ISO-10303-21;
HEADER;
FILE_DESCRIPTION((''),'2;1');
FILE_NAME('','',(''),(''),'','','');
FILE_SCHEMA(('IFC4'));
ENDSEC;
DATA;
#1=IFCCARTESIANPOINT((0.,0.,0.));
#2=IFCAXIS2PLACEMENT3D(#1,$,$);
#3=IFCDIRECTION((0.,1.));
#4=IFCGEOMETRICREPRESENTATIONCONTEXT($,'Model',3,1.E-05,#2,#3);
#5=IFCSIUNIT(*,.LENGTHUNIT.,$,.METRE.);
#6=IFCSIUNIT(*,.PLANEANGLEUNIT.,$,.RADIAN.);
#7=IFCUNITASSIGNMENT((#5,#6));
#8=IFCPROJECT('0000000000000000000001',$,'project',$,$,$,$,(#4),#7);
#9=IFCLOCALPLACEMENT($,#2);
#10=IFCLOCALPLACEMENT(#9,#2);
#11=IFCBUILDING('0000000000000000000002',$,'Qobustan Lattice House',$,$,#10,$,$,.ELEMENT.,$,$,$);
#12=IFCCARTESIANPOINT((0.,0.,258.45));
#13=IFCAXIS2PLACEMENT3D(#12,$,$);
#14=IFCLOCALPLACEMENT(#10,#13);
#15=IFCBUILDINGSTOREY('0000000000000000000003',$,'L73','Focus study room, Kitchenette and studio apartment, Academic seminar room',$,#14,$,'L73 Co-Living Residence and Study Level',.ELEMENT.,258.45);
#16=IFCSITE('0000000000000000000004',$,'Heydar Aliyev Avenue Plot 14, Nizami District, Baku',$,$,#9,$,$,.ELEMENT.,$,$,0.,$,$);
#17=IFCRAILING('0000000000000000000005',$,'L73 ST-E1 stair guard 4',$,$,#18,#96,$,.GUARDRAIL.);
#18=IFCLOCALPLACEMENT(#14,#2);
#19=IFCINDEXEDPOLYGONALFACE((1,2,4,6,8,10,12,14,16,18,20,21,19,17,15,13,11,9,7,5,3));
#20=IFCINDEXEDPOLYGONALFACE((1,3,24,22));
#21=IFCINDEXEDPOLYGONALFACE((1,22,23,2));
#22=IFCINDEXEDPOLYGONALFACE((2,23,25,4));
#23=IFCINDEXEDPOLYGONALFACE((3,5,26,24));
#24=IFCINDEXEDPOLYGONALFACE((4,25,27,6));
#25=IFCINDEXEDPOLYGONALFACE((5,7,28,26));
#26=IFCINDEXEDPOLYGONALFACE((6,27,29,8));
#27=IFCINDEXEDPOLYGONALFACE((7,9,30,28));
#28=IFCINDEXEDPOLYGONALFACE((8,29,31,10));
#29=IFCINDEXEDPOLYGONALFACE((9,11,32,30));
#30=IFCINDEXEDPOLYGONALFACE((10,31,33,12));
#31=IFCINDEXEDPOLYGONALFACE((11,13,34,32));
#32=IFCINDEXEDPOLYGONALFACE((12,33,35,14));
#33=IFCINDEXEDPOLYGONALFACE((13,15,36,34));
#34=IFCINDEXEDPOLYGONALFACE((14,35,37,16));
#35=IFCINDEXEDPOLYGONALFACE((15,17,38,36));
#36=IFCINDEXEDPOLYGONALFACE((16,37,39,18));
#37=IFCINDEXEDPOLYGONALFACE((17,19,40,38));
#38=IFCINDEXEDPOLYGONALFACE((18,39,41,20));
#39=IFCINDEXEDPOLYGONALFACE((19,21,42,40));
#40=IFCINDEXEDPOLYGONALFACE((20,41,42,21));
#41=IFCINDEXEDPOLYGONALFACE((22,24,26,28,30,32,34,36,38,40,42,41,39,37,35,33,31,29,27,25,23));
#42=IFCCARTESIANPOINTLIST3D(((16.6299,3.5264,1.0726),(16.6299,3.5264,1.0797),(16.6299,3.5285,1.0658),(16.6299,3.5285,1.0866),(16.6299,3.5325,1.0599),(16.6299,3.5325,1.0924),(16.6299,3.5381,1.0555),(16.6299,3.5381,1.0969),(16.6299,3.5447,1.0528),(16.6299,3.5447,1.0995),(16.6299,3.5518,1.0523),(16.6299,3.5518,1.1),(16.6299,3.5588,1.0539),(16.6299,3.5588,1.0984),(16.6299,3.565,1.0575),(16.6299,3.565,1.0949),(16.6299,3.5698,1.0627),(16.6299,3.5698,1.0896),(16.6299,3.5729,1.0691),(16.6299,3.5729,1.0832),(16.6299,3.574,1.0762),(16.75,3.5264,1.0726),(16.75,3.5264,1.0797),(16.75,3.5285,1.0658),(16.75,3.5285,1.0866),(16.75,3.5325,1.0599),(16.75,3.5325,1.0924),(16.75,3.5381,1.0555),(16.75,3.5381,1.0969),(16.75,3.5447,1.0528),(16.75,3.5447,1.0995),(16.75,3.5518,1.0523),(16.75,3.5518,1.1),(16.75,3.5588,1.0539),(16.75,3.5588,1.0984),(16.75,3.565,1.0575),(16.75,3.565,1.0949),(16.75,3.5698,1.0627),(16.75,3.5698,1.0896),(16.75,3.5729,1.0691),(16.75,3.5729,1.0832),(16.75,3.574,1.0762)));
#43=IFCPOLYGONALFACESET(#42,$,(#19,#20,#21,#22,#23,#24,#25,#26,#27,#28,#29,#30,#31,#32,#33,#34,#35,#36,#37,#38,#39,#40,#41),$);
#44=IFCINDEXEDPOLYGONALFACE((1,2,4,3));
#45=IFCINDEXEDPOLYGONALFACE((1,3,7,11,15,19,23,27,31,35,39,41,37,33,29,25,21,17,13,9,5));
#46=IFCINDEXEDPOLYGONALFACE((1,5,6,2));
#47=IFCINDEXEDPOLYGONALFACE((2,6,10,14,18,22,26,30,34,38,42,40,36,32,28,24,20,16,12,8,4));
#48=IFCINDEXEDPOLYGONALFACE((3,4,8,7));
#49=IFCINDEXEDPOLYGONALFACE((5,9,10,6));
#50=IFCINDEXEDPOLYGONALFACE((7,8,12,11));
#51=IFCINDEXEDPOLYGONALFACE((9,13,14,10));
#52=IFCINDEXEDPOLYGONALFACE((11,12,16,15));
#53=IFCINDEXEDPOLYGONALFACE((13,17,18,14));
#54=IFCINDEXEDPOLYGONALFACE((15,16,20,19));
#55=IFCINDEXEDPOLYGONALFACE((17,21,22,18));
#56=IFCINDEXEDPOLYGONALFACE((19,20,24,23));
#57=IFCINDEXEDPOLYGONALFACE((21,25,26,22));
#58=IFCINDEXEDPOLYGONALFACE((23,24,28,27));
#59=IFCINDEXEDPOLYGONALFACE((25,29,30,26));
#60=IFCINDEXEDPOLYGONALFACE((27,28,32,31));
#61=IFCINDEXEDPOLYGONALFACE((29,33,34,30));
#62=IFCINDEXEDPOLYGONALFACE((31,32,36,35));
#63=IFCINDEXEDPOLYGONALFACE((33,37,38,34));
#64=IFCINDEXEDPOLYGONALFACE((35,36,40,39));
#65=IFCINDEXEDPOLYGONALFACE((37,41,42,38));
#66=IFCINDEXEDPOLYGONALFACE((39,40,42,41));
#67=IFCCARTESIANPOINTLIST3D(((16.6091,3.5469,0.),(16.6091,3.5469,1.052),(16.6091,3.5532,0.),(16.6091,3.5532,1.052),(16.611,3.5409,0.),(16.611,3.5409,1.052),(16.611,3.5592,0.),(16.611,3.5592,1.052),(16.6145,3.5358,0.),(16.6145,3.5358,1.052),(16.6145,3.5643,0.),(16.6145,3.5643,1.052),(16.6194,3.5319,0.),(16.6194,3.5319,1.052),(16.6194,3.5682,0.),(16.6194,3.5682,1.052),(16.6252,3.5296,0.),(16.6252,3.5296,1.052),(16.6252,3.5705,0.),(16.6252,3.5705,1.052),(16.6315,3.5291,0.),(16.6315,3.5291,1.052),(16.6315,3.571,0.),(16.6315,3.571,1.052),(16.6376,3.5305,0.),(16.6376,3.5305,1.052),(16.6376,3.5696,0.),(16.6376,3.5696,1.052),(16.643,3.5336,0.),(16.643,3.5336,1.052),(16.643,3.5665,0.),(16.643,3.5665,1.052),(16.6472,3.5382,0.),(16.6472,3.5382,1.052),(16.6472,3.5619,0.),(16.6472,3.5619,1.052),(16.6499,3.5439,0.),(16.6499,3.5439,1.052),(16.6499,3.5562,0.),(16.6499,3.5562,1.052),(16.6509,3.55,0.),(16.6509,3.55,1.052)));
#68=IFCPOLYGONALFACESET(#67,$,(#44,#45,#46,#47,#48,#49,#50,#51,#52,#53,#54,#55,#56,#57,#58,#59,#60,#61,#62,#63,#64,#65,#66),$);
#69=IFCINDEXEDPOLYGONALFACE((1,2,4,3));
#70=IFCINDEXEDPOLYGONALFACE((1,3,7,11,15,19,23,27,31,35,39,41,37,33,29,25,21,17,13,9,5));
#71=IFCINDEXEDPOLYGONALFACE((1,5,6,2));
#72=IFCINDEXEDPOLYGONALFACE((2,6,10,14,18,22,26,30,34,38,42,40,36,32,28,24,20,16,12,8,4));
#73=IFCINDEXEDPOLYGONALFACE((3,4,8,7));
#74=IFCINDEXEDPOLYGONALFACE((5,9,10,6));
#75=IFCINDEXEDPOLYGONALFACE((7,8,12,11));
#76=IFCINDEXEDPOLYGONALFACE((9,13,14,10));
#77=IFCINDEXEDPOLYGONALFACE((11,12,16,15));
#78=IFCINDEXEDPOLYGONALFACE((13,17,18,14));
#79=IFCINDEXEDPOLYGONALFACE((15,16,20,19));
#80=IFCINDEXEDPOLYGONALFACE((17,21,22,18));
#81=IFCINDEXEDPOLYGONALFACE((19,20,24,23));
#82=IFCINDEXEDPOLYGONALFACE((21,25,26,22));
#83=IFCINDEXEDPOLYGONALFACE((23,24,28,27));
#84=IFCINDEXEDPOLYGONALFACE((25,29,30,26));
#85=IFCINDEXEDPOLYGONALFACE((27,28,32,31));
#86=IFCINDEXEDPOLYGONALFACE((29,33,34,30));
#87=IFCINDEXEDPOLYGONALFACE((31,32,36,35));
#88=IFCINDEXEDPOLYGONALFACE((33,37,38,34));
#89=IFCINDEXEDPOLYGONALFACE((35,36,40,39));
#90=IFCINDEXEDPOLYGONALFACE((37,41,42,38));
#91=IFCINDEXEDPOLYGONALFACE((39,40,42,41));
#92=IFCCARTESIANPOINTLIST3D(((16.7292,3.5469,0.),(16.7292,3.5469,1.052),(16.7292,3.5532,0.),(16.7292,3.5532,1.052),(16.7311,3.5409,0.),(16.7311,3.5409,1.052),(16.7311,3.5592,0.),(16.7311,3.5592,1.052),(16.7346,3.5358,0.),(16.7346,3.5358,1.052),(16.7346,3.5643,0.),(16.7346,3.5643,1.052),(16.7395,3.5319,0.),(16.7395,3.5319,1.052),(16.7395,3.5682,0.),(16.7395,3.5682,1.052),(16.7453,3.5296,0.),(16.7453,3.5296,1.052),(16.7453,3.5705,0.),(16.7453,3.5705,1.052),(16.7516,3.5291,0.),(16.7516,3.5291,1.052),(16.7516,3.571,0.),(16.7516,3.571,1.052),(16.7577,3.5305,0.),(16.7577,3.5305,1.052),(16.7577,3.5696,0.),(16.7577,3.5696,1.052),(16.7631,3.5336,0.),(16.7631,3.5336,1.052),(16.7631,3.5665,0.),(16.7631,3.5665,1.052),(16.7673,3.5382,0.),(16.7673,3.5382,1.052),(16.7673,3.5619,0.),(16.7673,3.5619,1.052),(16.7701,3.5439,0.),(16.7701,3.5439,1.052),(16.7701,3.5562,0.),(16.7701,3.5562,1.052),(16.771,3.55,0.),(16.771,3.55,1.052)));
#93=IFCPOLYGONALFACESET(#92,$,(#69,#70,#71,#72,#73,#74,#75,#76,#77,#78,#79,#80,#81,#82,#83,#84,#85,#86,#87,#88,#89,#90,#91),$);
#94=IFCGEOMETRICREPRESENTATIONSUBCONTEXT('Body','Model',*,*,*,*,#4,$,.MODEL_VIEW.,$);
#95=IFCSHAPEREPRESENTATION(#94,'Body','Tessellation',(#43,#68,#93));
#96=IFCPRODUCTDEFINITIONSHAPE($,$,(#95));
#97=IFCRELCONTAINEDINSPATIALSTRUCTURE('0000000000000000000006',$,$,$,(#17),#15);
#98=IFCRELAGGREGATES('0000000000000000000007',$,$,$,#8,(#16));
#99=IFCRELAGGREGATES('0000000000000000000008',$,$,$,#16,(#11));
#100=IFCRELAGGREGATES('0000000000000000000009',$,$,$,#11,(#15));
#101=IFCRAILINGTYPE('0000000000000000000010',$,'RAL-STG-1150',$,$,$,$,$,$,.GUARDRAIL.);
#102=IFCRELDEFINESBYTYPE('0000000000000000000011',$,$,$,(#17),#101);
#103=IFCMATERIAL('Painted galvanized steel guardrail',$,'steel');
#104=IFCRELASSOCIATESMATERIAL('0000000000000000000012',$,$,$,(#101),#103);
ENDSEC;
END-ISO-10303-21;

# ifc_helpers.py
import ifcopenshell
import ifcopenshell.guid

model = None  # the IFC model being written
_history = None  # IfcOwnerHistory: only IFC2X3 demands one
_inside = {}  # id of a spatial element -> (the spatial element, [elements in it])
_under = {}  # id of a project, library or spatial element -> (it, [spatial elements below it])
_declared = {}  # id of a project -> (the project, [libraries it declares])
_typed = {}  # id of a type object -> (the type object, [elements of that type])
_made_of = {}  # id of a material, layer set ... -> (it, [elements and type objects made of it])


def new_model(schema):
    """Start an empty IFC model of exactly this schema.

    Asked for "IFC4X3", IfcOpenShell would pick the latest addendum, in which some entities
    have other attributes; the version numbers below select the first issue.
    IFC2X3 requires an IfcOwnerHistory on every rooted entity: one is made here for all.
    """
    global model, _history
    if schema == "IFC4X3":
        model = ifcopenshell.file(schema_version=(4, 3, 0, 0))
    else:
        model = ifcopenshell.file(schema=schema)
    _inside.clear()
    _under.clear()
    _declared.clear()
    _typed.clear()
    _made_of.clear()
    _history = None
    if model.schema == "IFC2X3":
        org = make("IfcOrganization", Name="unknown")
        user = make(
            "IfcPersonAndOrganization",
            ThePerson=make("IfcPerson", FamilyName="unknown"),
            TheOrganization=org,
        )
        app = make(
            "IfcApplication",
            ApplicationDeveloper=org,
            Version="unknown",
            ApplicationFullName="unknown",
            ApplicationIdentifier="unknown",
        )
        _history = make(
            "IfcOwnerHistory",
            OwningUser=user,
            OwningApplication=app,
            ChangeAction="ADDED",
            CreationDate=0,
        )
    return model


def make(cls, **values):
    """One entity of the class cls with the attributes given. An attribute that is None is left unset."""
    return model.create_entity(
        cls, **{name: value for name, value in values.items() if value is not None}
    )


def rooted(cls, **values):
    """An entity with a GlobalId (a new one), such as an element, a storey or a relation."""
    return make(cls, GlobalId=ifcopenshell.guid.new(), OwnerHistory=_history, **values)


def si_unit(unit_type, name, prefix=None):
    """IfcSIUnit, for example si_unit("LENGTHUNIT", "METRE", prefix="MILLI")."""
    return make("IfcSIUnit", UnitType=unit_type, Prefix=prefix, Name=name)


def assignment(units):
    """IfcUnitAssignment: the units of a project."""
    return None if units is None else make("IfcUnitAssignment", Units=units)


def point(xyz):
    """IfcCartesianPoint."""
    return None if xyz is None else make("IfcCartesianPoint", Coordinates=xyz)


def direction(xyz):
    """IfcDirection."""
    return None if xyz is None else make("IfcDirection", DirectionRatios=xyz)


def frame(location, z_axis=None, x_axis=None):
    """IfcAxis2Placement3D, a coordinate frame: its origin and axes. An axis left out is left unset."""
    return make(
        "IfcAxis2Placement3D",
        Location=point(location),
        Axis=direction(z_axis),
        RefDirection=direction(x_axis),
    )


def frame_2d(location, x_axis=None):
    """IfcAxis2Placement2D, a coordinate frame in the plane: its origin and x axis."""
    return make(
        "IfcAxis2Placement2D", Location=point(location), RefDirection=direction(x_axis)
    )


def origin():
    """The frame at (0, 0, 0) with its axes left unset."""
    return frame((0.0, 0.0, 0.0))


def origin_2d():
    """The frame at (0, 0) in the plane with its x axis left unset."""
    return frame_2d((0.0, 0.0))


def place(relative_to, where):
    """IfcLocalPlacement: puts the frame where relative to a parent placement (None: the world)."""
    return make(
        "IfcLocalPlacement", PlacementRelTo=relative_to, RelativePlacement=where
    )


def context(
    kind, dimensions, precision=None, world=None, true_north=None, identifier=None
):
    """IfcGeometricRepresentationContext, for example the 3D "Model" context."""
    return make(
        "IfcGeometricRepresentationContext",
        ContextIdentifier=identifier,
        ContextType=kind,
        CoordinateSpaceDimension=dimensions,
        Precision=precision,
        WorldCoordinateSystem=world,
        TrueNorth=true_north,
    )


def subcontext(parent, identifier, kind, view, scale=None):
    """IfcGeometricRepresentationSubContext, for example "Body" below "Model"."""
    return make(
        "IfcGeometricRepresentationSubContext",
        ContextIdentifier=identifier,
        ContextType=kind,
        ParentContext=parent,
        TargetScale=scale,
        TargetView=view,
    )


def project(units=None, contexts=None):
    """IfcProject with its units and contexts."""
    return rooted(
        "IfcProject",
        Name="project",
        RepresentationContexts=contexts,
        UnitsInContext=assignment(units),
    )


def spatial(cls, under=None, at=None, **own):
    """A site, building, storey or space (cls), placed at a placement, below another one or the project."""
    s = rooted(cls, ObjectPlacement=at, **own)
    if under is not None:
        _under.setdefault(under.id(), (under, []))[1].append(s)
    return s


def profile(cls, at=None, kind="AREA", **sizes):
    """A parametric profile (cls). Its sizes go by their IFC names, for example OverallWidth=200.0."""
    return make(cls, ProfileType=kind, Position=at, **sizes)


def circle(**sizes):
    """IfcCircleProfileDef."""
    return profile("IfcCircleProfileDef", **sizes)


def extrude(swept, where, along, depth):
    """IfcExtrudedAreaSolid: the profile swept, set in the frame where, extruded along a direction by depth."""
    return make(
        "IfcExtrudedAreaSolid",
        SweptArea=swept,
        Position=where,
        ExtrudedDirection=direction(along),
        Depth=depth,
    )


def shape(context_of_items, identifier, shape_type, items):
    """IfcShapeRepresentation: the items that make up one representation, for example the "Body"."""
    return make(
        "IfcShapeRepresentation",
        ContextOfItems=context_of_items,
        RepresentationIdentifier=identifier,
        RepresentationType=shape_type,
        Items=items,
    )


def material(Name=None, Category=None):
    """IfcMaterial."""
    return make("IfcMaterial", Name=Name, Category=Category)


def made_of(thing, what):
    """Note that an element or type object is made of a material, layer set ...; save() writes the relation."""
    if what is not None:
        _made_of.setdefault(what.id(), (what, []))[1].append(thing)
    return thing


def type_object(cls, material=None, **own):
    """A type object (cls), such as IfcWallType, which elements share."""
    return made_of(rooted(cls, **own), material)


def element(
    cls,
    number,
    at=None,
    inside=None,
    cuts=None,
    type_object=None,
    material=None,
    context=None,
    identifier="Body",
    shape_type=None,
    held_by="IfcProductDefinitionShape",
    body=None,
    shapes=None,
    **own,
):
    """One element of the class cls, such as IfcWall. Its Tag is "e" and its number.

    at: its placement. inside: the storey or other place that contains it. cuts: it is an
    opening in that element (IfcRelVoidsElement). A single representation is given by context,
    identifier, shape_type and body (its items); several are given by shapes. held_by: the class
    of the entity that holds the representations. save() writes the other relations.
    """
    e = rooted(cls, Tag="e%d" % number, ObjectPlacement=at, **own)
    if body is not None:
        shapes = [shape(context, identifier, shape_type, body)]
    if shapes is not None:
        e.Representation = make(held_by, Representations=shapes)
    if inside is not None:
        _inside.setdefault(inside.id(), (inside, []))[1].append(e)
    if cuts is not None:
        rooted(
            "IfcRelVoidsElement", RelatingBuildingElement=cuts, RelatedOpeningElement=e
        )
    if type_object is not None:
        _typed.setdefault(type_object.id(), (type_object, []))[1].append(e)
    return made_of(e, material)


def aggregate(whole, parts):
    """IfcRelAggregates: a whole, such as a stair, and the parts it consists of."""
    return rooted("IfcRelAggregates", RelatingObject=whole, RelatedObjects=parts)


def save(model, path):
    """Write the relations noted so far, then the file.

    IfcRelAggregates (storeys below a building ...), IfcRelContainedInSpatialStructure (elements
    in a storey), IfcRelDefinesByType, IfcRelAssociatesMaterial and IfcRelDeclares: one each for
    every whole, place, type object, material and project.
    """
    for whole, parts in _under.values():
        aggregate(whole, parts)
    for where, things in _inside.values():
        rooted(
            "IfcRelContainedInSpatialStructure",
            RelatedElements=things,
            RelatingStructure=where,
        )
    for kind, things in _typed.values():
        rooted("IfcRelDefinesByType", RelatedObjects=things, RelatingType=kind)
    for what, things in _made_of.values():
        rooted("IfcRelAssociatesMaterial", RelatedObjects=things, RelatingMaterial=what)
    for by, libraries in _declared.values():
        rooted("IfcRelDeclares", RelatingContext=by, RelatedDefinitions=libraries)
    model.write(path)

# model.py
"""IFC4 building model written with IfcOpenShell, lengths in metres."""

from ifc_helpers import new_model, si_unit, direction, frame, origin, origin_2d, place, context, subcontext, project, spatial, circle, extrude, material, type_object, element, save


model = new_model("IFC4")

# Units and contexts
model_context = context("Model", 3, precision=1e-05, world=origin(), true_north=direction((0.0, 1.0)))
body_context = subcontext(model_context, "Body", "Model", "MODEL_VIEW")
ifc_project = project(units=[si_unit("LENGTHUNIT", "METRE"), si_unit("PLANEANGLEUNIT", "RADIAN")], contexts=[model_context])

# Site, building, storey
site_placement = place(None, origin())
site = spatial("IfcSite", under=ifc_project, at=site_placement, Name="Heydar Aliyev Avenue Plot 14, Nizami District, Baku", CompositionType="ELEMENT", RefElevation=0.0)
building_placement = place(site_placement, origin())
building = spatial("IfcBuilding", under=site, at=building_placement, Name="Qobustan Lattice House", CompositionType="ELEMENT")
storey_placement = place(building_placement, frame((0.0, 0.0, 258.45)))
storey = spatial("IfcBuildingStorey", under=building, at=storey_placement, Name="L73", Description="Focus study room, Kitchenette and studio apartment, Academic seminar room", LongName="L73 Co-Living Residence and Study Level", CompositionType="ELEMENT", Elevation=258.45)

# Railing
ifc_material_1 = material(Name="Painted galvanized steel guardrail", Category="steel")
railing_type_1 = type_object("IfcRailingType", Name="RAL-STG-1150", PredefinedType="GUARDRAIL", material=ifc_material_1)
railing_1_placement = place(storey_placement, frame((16.6299, 3.55, 0.0)))
element("IfcRailing", 1, at=railing_1_placement, inside=storey, type_object=railing_type_1, Name="L73 ST-E1 stair guard 4", PredefinedType="GUARDRAIL", context=body_context, shape_type="SweptSolid", body=[
    extrude(circle(Radius=0.0239, at=origin_2d()), frame((0.0, 0.0, 1.0762), z_axis=(1.0, 0.0, 0.0), x_axis=(0.0, 1.0, 0.0)), (0.0, 0.0, 1.0), 0.1201),
    extrude(circle(Radius=0.021, at=origin_2d()), origin(), (0.0, 0.0, 1.0), 1.052),
    extrude(circle(Radius=0.021, at=origin_2d()), frame((0.1201, 0.0, 0.0)), (0.0, 0.0, 1.0), 1.052),
])

save(model, "model.ifc")
